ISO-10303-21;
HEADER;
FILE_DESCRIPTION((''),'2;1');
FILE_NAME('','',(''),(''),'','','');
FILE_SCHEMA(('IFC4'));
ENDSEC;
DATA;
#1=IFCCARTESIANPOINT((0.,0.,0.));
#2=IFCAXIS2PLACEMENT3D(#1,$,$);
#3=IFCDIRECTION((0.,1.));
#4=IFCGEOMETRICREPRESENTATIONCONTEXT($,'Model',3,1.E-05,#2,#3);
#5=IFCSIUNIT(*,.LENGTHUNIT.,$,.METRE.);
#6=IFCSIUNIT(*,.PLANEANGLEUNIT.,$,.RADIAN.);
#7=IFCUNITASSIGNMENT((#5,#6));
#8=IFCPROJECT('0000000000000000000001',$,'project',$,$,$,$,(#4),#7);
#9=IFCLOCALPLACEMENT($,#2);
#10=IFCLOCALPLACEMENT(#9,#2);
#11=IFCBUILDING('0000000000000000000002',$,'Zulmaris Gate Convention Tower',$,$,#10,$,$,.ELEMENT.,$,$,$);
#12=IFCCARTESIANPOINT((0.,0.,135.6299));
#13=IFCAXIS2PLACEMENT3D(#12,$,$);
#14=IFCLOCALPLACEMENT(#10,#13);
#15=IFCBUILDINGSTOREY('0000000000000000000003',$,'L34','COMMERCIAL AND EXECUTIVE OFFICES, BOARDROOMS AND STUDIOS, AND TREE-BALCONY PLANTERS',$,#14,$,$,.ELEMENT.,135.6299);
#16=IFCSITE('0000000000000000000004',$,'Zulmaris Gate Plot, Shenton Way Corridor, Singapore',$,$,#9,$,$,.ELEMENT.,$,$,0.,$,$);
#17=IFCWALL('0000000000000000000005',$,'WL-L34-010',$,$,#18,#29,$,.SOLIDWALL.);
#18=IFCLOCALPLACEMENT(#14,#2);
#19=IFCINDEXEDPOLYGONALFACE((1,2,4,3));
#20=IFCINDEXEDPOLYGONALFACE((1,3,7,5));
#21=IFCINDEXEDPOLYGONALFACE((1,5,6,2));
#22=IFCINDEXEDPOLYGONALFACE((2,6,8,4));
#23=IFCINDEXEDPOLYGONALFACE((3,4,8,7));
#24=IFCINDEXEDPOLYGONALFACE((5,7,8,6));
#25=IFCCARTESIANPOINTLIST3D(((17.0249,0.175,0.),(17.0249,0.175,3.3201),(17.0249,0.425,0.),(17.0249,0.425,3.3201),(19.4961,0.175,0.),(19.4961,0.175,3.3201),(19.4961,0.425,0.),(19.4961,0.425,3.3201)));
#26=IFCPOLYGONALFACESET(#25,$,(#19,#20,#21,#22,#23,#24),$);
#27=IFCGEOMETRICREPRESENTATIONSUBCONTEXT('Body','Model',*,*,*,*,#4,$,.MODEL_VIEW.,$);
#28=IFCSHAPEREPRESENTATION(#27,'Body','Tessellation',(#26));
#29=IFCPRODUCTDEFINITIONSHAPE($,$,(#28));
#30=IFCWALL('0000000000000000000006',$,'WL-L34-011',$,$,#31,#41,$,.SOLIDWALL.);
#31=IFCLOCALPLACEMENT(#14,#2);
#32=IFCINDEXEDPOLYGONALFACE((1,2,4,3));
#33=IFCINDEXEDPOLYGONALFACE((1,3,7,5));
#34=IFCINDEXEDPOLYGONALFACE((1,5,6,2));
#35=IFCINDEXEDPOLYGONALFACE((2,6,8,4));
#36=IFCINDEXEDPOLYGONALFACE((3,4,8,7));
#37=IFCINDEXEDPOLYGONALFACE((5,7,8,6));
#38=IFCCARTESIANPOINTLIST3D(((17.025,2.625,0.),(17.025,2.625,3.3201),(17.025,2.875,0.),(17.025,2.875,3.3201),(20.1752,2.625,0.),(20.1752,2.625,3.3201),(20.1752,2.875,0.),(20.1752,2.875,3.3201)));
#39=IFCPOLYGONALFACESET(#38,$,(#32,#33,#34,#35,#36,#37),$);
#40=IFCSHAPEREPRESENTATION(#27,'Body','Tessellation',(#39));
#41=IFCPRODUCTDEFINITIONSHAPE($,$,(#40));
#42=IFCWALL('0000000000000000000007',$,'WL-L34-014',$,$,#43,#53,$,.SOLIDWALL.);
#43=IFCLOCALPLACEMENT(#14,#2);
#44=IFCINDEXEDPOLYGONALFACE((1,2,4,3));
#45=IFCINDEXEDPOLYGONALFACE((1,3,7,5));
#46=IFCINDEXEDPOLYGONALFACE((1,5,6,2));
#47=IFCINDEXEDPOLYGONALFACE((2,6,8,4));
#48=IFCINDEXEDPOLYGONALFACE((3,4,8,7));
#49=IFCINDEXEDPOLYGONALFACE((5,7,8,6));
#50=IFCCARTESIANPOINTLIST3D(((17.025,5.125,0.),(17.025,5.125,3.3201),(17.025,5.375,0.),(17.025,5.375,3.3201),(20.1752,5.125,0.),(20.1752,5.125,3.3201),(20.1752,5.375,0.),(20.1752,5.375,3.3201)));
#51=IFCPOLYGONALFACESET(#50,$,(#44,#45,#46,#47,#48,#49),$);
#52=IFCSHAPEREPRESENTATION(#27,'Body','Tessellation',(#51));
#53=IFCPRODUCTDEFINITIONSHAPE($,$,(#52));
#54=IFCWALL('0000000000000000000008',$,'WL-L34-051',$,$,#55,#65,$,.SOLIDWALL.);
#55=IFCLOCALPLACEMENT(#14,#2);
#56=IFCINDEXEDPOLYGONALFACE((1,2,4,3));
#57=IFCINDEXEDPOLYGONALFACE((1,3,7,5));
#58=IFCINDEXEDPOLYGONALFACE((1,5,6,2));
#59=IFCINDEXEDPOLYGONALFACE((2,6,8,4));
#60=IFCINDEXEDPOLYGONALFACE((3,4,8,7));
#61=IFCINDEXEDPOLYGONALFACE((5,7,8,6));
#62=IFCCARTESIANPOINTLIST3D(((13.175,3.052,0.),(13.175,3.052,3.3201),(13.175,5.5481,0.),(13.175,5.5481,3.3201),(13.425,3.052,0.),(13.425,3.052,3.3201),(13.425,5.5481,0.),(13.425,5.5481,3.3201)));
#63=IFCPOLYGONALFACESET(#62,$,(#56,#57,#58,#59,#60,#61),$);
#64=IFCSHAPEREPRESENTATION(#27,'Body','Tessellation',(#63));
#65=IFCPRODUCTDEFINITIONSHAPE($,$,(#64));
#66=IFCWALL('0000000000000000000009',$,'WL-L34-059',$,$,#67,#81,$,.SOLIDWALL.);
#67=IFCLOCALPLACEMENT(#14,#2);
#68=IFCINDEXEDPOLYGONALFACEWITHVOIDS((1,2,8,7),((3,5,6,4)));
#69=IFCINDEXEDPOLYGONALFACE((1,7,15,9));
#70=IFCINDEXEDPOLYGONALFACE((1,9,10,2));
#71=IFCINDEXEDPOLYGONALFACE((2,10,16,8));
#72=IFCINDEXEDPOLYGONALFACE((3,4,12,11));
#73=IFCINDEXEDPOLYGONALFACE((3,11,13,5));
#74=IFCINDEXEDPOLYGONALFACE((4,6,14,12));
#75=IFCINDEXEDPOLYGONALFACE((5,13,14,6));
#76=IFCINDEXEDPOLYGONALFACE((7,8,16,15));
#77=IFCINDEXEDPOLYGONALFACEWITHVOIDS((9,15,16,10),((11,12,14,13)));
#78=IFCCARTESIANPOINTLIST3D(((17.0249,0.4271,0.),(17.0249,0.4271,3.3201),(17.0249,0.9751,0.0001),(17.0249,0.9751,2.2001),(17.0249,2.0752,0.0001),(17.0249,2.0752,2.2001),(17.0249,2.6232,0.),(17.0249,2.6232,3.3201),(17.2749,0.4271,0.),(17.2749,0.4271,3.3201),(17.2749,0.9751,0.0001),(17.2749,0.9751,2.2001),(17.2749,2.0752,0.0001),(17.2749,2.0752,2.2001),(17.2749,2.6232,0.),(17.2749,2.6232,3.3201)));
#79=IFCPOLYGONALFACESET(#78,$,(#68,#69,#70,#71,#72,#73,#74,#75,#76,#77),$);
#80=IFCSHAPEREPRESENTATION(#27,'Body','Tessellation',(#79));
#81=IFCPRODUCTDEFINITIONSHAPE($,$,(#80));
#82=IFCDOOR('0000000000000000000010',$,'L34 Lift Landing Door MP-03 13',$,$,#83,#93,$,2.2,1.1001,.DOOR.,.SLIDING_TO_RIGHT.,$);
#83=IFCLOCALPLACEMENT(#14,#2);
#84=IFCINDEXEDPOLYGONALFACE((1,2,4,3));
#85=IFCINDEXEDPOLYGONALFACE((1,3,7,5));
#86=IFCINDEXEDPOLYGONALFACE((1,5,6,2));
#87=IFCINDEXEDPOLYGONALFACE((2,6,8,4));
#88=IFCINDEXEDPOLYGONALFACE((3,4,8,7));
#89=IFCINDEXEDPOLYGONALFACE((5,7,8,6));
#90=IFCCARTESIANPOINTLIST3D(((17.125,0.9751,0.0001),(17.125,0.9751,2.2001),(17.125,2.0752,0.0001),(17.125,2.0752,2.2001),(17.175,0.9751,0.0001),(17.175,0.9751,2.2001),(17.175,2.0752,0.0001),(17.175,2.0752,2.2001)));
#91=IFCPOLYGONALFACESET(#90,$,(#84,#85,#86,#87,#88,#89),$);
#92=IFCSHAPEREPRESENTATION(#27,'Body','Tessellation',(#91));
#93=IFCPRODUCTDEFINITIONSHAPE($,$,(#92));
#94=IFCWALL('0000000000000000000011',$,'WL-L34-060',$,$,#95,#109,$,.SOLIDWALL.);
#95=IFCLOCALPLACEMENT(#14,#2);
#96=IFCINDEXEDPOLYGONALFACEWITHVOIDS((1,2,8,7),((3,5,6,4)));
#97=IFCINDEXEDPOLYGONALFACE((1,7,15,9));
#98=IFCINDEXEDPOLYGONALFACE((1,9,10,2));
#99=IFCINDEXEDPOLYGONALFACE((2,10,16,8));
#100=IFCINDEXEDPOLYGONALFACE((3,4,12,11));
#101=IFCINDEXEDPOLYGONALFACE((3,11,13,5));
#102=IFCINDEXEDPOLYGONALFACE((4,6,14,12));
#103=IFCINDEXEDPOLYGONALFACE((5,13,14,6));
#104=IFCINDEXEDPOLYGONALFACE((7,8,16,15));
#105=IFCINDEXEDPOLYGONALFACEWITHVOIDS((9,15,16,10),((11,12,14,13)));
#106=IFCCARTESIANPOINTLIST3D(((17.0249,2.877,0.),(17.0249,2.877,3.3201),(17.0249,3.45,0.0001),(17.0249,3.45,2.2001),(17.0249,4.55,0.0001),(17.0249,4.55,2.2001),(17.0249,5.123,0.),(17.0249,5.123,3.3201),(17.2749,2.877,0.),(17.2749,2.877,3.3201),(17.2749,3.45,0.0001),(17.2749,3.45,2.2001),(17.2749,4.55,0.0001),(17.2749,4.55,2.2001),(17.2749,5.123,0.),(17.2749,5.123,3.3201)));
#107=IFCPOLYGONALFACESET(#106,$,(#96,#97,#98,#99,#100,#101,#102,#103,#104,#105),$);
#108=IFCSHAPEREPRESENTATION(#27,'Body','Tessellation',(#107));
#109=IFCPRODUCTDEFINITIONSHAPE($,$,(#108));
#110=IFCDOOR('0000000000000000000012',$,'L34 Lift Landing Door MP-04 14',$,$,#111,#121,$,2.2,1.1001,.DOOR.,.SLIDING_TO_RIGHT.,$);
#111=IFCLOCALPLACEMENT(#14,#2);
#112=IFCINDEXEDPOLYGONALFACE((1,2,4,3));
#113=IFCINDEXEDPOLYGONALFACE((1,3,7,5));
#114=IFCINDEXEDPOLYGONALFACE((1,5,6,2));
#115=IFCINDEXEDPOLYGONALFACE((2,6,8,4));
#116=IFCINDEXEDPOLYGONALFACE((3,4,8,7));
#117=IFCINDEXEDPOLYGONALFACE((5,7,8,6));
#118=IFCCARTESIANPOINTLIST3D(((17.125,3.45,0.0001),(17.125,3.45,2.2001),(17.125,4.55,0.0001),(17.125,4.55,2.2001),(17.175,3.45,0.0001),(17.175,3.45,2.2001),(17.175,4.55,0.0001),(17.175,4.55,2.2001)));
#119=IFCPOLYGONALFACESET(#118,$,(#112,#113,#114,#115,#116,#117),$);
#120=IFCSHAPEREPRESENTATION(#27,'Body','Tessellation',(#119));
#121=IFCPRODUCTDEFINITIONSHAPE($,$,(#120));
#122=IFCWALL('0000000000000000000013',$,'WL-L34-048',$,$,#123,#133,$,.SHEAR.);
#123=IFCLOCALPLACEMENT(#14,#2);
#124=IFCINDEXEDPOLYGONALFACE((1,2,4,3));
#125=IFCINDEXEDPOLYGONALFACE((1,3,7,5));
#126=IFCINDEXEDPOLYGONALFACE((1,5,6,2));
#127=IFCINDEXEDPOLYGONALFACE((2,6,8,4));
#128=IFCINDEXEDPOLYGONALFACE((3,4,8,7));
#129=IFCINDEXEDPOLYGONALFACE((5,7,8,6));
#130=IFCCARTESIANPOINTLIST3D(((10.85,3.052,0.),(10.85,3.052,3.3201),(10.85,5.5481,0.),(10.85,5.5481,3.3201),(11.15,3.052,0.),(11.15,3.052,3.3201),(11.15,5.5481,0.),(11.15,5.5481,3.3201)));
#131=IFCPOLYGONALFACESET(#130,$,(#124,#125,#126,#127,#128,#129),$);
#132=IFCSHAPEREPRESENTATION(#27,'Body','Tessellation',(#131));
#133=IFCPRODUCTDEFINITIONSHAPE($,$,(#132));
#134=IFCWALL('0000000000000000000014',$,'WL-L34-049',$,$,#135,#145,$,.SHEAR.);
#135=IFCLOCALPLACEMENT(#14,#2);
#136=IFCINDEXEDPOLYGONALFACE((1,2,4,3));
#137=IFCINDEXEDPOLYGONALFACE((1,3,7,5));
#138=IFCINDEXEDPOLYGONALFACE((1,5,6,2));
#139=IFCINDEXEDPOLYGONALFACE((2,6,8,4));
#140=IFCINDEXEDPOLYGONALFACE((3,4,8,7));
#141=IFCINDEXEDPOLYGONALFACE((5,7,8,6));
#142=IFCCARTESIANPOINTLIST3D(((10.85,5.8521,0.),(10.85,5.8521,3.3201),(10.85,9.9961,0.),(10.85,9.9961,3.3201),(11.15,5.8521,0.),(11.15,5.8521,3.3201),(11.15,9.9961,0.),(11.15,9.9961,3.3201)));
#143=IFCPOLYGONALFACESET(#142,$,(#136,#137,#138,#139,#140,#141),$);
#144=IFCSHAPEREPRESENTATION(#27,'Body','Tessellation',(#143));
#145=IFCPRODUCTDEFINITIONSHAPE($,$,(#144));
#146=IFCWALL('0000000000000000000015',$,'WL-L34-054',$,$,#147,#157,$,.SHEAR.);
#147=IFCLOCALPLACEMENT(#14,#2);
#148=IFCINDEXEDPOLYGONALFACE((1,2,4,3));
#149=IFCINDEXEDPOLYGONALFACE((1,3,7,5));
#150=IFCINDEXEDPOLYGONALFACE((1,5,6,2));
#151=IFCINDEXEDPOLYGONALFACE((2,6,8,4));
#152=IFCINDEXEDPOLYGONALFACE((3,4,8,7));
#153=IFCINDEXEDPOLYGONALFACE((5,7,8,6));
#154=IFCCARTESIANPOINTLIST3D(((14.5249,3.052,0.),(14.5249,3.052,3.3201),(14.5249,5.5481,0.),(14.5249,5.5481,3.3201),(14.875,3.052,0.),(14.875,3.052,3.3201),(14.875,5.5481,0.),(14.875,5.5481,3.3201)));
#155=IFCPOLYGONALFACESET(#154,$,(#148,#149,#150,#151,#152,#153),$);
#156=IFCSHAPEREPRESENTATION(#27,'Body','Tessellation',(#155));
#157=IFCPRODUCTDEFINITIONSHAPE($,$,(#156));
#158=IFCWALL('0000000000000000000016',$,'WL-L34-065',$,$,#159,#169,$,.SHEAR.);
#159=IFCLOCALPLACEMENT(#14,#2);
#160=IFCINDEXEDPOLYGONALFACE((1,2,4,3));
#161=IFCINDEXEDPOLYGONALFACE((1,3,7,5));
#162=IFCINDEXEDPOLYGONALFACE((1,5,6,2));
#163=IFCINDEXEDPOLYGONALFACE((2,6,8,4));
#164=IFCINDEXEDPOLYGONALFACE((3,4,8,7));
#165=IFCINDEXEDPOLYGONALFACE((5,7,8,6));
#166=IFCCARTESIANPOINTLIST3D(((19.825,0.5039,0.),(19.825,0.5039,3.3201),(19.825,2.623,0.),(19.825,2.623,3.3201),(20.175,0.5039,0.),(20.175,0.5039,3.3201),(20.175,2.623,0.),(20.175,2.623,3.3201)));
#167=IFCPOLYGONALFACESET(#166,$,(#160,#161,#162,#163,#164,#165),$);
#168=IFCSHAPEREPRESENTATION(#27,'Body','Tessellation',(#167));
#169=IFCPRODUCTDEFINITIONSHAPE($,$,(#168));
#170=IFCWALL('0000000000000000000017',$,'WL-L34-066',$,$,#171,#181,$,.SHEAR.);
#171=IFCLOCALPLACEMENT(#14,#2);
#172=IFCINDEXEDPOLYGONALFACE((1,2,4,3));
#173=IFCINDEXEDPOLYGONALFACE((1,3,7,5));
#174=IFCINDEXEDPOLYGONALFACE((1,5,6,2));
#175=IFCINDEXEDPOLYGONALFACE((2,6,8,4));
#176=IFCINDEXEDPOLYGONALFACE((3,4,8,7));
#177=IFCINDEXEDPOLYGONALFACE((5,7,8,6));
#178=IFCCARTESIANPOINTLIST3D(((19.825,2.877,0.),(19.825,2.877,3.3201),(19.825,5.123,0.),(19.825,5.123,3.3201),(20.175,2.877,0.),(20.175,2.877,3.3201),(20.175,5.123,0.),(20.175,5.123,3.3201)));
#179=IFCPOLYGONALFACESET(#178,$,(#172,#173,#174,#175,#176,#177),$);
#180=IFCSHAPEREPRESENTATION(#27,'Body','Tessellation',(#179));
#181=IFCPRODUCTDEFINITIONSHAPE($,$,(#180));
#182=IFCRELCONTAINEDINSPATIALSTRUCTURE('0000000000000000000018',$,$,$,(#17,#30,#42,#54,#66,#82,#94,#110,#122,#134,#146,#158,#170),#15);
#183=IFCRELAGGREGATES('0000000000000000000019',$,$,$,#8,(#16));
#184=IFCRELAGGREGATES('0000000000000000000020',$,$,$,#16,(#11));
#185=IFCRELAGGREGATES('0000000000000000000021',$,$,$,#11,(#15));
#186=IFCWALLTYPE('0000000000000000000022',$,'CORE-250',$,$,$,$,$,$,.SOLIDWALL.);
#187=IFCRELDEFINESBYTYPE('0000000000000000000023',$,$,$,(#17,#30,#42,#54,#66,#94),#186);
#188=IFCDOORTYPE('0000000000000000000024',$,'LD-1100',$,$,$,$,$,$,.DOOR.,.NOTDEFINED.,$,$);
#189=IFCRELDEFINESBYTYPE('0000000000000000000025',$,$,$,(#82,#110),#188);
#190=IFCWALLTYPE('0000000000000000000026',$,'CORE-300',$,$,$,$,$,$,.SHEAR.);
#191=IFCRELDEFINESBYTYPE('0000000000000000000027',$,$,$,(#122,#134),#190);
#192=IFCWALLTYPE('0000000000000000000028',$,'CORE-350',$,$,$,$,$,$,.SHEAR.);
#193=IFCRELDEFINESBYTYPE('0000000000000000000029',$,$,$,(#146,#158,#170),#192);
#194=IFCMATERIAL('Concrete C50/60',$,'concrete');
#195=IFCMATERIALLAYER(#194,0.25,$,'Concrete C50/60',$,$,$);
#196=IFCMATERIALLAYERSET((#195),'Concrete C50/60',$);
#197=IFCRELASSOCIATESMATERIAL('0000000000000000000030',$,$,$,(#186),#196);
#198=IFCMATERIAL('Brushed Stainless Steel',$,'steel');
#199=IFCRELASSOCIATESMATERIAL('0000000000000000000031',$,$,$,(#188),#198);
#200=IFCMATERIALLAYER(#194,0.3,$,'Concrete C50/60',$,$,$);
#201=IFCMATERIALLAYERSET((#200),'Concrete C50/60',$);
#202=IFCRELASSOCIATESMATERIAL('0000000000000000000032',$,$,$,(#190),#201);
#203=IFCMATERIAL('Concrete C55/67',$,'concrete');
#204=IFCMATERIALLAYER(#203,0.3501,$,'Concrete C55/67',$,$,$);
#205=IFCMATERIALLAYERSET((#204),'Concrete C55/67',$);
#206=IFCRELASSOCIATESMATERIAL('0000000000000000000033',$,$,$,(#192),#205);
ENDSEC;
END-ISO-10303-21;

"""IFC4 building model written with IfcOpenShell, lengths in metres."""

from ifc_helpers import new_model, si_unit, direction, frame, frame_2d, origin, place, context, subcontext, project, spatial, rectangle, extrude, material, layer, layer_set, type_object, element, fill, save


model = new_model("IFC4")

# Units and contexts
model_context = context("Model", 3, precision=1e-05, world=origin(), true_north=direction((0.0, 1.0)))
body_context = subcontext(model_context, "Body", "Model", "MODEL_VIEW")
ifc_project = project(units=[si_unit("LENGTHUNIT", "METRE"), si_unit("PLANEANGLEUNIT", "RADIAN")], contexts=[model_context])

# Site, building, storey
site_placement = place(None, origin())
site = spatial("IfcSite", under=ifc_project, at=site_placement, Name="Zulmaris Gate Plot, Shenton Way Corridor, Singapore", CompositionType="ELEMENT", RefElevation=0.0)
building_placement = place(site_placement, origin())
building = spatial("IfcBuilding", under=site, at=building_placement, Name="Zulmaris Gate Convention Tower", CompositionType="ELEMENT")
storey_placement = place(building_placement, frame((0.0, 0.0, 135.6299)))
storey = spatial("IfcBuildingStorey", under=building, at=storey_placement, Name="L34", Description="COMMERCIAL AND EXECUTIVE OFFICES, BOARDROOMS AND STUDIOS, AND TREE-BALCONY PLANTERS", CompositionType="ELEMENT", Elevation=135.6299)

# Walls
ifc_material_1 = material(Name="Concrete C50/60", Category="concrete")
ifc_layer_1 = layer(ifc_material_1, 0.25, Name="Concrete C50/60")
ifc_layer_set_1 = layer_set([ifc_layer_1], Name="Concrete C50/60")
wall_type_1 = type_object("IfcWallType", Name="CORE-250", PredefinedType="SOLIDWALL", material=ifc_layer_set_1)
wall_1_placement = place(storey_placement, frame((17.0249, 0.3, 0.0), z_axis=(0.0, 0.0, 1.0), x_axis=(1.0, 0.0, 0.0)))
element("IfcWall", 1, at=wall_1_placement, inside=storey, type_object=wall_type_1, Name="WL-L34-010", PredefinedType="SOLIDWALL", context=body_context, shape_type="SweptSolid", body=[
    extrude(rectangle(XDim=2.4712, YDim=0.25, at=frame_2d((1.2356, 0.0))), origin(), (0.0, 0.0, 1.0), 3.3201),
])
for number, where, z_axis, x_axis, name in (
    (2, (17.0249, 2.75, 0.0), (0.0, 0.0, 1.0), (1.0, 0.0, 0.0), "WL-L34-011"),
    (3, (17.0249, 5.25, 0.0), (0.0, 0.0, 1.0), (1.0, 0.0, 0.0), "WL-L34-014"),
):
    element("IfcWall", number, at=place(storey_placement, frame(where, z_axis=z_axis, x_axis=x_axis)), inside=storey, type_object=wall_type_1, Name=name, PredefinedType="SOLIDWALL", context=body_context, shape_type="SweptSolid", body=[
        extrude(rectangle(XDim=3.1501, YDim=0.25, at=frame_2d((1.5752, 0.0))), origin(), (0.0, 0.0, 1.0), 3.3201),
    ])
wall_2_placement = place(storey_placement, frame((13.3, 3.052, 0.0), z_axis=(0.0, 0.0, 1.0), x_axis=(0.0, 1.0, 0.0)))
element("IfcWall", 4, at=wall_2_placement, inside=storey, type_object=wall_type_1, Name="WL-L34-051", PredefinedType="SOLIDWALL", context=body_context, shape_type="SweptSolid", body=[
    extrude(rectangle(XDim=2.4961, YDim=0.25, at=frame_2d((1.248, 0.0))), origin(), (0.0, 0.0, 1.0), 3.3201),
])

# Walls, openings, doors
wall_3_placement = place(storey_placement, frame((17.1499, 0.427, 0.0), z_axis=(0.0, 0.0, 1.0), x_axis=(0.0, 1.0, 0.0)))
wall_3 = element("IfcWall", 5, at=wall_3_placement, inside=storey, type_object=wall_type_1, Name="WL-L34-059", PredefinedType="SOLIDWALL", context=body_context, shape_type="SweptSolid", body=[
    extrude(rectangle(XDim=2.196, YDim=0.25, at=frame_2d((1.0981, 0.0))), origin(), (0.0, 0.0, 1.0), 3.3201),
])
opening_1_placement = place(wall_3_placement, frame((0.5481, 0.0, 0.0)))
opening_1 = element("IfcOpeningElement", 6, at=opening_1_placement, cuts=wall_3, PredefinedType="OPENING", context=body_context, shape_type="SweptSolid", body=[
    extrude(rectangle(XDim=1.1001, YDim=2.2, at=frame_2d((0.55, 1.1001))), frame((0.0, 0.135, 0.0), z_axis=(0.0, -1.0, 0.0), x_axis=(1.0, 0.0, 0.0)), (0.0, 0.0, 1.0), 0.27),
])
ifc_material_2 = material(Name="Brushed Stainless Steel", Category="steel")
door_type = type_object("IfcDoorType", Name="LD-1100", OperationType="NOTDEFINED", PredefinedType="DOOR", material=ifc_material_2)
door_1_placement = place(opening_1_placement, origin())
door_1 = element("IfcDoor", 7, at=door_1_placement, inside=storey, type_object=door_type, Name="L34 Lift Landing Door MP-03 13", OperationType="SLIDING_TO_RIGHT", OverallHeight=2.2, OverallWidth=1.1001, PredefinedType="DOOR", context=body_context, shape_type="SweptSolid", body=[
    extrude(rectangle(XDim=1.1001, YDim=2.2, at=frame_2d((0.55, 1.1001))), frame((0.0, 0.0249, 0.0), z_axis=(0.0, -1.0, 0.0), x_axis=(1.0, 0.0, 0.0)), (0.0, 0.0, 1.0), 0.05),
])
fill(opening_1, door_1)
wall_4_placement = place(storey_placement, frame((17.1499, 2.877, 0.0), z_axis=(0.0, 0.0, 1.0), x_axis=(0.0, 1.0, 0.0)))
wall_4 = element("IfcWall", 8, at=wall_4_placement, inside=storey, type_object=wall_type_1, Name="WL-L34-060", PredefinedType="SOLIDWALL", context=body_context, shape_type="SweptSolid", body=[
    extrude(rectangle(XDim=2.2461, YDim=0.25, at=frame_2d((1.123, 0.0))), origin(), (0.0, 0.0, 1.0), 3.3201),
])
opening_2_placement = place(wall_4_placement, frame((0.573, 0.0, 0.0)))
opening_2 = element("IfcOpeningElement", 9, at=opening_2_placement, cuts=wall_4, PredefinedType="OPENING", context=body_context, shape_type="SweptSolid", body=[
    extrude(rectangle(XDim=1.1001, YDim=2.2, at=frame_2d((0.55, 1.1001))), frame((0.0, 0.135, 0.0), z_axis=(0.0, -1.0, 0.0), x_axis=(1.0, 0.0, 0.0)), (0.0, 0.0, 1.0), 0.27),
])
door_2_placement = place(opening_2_placement, origin())
door_2 = element("IfcDoor", 10, at=door_2_placement, inside=storey, type_object=door_type, Name="L34 Lift Landing Door MP-04 14", OperationType="SLIDING_TO_RIGHT", OverallHeight=2.2, OverallWidth=1.1001, PredefinedType="DOOR", context=body_context, shape_type="SweptSolid", body=[
    extrude(rectangle(XDim=1.1001, YDim=2.2, at=frame_2d((0.55, 1.1001))), frame((0.0, 0.0249, 0.0), z_axis=(0.0, -1.0, 0.0), x_axis=(1.0, 0.0, 0.0)), (0.0, 0.0, 1.0), 0.05),
])
fill(opening_2, door_2)

# Walls
ifc_layer_2 = layer(ifc_material_1, 0.3, Name="Concrete C50/60")
ifc_layer_set_2 = layer_set([ifc_layer_2], Name="Concrete C50/60")
wall_type_2 = type_object("IfcWallType", Name="CORE-300", PredefinedType="SHEAR", material=ifc_layer_set_2)
wall_5_placement = place(storey_placement, frame((11.0, 3.052, 0.0), z_axis=(0.0, 0.0, 1.0), x_axis=(0.0, 1.0, 0.0)))
element("IfcWall", 11, at=wall_5_placement, inside=storey, type_object=wall_type_2, Name="WL-L34-048", PredefinedType="SHEAR", context=body_context, shape_type="SweptSolid", body=[
    extrude(rectangle(XDim=2.4961, YDim=0.3, at=frame_2d((1.248, 0.0))), origin(), (0.0, 0.0, 1.0), 3.3201),
])
wall_6_placement = place(storey_placement, frame((11.0, 5.8521, 0.0), z_axis=(0.0, 0.0, 1.0), x_axis=(0.0, 1.0, 0.0)))
element("IfcWall", 12, at=wall_6_placement, inside=storey, type_object=wall_type_2, Name="WL-L34-049", PredefinedType="SHEAR", context=body_context, shape_type="SweptSolid", body=[
    extrude(rectangle(XDim=4.144, YDim=0.3, at=frame_2d((2.072, 0.0))), origin(), (0.0, 0.0, 1.0), 3.3201),
])
ifc_material_3 = material(Name="Concrete C55/67", Category="concrete")
ifc_layer_3 = layer(ifc_material_3, 0.3501, Name="Concrete C55/67")
ifc_layer_set_3 = layer_set([ifc_layer_3], Name="Concrete C55/67")
wall_type_3 = type_object("IfcWallType", Name="CORE-350", PredefinedType="SHEAR", material=ifc_layer_set_3)
wall_7_placement = place(storey_placement, frame((14.7, 3.052, 0.0), z_axis=(0.0, 0.0, 1.0), x_axis=(0.0, 1.0, 0.0)))
element("IfcWall", 13, at=wall_7_placement, inside=storey, type_object=wall_type_3, Name="WL-L34-054", PredefinedType="SHEAR", context=body_context, shape_type="SweptSolid", body=[
    extrude(rectangle(XDim=2.4961, YDim=0.3501, at=frame_2d((1.248, 0.0))), origin(), (0.0, 0.0, 1.0), 3.3201),
])
wall_8_placement = place(storey_placement, frame((20.0, 0.5039, 0.0), z_axis=(0.0, 0.0, 1.0), x_axis=(0.0, 1.0, 0.0)))
element("IfcWall", 14, at=wall_8_placement, inside=storey, type_object=wall_type_3, Name="WL-L34-065", PredefinedType="SHEAR", context=body_context, shape_type="SweptSolid", body=[
    extrude(rectangle(XDim=2.1191, YDim=0.3501, at=frame_2d((1.0596, 0.0))), origin(), (0.0, 0.0, 1.0), 3.3201),
])
wall_9_placement = place(storey_placement, frame((20.0, 2.877, 0.0), z_axis=(0.0, 0.0, 1.0), x_axis=(0.0, 1.0, 0.0)))
element("IfcWall", 15, at=wall_9_placement, inside=storey, type_object=wall_type_3, Name="WL-L34-066", PredefinedType="SHEAR", context=body_context, shape_type="SweptSolid", body=[
    extrude(rectangle(XDim=2.2461, YDim=0.3501, at=frame_2d((1.123, 0.0))), origin(), (0.0, 0.0, 1.0), 3.3201),
])

save(model, "model.ifc")
